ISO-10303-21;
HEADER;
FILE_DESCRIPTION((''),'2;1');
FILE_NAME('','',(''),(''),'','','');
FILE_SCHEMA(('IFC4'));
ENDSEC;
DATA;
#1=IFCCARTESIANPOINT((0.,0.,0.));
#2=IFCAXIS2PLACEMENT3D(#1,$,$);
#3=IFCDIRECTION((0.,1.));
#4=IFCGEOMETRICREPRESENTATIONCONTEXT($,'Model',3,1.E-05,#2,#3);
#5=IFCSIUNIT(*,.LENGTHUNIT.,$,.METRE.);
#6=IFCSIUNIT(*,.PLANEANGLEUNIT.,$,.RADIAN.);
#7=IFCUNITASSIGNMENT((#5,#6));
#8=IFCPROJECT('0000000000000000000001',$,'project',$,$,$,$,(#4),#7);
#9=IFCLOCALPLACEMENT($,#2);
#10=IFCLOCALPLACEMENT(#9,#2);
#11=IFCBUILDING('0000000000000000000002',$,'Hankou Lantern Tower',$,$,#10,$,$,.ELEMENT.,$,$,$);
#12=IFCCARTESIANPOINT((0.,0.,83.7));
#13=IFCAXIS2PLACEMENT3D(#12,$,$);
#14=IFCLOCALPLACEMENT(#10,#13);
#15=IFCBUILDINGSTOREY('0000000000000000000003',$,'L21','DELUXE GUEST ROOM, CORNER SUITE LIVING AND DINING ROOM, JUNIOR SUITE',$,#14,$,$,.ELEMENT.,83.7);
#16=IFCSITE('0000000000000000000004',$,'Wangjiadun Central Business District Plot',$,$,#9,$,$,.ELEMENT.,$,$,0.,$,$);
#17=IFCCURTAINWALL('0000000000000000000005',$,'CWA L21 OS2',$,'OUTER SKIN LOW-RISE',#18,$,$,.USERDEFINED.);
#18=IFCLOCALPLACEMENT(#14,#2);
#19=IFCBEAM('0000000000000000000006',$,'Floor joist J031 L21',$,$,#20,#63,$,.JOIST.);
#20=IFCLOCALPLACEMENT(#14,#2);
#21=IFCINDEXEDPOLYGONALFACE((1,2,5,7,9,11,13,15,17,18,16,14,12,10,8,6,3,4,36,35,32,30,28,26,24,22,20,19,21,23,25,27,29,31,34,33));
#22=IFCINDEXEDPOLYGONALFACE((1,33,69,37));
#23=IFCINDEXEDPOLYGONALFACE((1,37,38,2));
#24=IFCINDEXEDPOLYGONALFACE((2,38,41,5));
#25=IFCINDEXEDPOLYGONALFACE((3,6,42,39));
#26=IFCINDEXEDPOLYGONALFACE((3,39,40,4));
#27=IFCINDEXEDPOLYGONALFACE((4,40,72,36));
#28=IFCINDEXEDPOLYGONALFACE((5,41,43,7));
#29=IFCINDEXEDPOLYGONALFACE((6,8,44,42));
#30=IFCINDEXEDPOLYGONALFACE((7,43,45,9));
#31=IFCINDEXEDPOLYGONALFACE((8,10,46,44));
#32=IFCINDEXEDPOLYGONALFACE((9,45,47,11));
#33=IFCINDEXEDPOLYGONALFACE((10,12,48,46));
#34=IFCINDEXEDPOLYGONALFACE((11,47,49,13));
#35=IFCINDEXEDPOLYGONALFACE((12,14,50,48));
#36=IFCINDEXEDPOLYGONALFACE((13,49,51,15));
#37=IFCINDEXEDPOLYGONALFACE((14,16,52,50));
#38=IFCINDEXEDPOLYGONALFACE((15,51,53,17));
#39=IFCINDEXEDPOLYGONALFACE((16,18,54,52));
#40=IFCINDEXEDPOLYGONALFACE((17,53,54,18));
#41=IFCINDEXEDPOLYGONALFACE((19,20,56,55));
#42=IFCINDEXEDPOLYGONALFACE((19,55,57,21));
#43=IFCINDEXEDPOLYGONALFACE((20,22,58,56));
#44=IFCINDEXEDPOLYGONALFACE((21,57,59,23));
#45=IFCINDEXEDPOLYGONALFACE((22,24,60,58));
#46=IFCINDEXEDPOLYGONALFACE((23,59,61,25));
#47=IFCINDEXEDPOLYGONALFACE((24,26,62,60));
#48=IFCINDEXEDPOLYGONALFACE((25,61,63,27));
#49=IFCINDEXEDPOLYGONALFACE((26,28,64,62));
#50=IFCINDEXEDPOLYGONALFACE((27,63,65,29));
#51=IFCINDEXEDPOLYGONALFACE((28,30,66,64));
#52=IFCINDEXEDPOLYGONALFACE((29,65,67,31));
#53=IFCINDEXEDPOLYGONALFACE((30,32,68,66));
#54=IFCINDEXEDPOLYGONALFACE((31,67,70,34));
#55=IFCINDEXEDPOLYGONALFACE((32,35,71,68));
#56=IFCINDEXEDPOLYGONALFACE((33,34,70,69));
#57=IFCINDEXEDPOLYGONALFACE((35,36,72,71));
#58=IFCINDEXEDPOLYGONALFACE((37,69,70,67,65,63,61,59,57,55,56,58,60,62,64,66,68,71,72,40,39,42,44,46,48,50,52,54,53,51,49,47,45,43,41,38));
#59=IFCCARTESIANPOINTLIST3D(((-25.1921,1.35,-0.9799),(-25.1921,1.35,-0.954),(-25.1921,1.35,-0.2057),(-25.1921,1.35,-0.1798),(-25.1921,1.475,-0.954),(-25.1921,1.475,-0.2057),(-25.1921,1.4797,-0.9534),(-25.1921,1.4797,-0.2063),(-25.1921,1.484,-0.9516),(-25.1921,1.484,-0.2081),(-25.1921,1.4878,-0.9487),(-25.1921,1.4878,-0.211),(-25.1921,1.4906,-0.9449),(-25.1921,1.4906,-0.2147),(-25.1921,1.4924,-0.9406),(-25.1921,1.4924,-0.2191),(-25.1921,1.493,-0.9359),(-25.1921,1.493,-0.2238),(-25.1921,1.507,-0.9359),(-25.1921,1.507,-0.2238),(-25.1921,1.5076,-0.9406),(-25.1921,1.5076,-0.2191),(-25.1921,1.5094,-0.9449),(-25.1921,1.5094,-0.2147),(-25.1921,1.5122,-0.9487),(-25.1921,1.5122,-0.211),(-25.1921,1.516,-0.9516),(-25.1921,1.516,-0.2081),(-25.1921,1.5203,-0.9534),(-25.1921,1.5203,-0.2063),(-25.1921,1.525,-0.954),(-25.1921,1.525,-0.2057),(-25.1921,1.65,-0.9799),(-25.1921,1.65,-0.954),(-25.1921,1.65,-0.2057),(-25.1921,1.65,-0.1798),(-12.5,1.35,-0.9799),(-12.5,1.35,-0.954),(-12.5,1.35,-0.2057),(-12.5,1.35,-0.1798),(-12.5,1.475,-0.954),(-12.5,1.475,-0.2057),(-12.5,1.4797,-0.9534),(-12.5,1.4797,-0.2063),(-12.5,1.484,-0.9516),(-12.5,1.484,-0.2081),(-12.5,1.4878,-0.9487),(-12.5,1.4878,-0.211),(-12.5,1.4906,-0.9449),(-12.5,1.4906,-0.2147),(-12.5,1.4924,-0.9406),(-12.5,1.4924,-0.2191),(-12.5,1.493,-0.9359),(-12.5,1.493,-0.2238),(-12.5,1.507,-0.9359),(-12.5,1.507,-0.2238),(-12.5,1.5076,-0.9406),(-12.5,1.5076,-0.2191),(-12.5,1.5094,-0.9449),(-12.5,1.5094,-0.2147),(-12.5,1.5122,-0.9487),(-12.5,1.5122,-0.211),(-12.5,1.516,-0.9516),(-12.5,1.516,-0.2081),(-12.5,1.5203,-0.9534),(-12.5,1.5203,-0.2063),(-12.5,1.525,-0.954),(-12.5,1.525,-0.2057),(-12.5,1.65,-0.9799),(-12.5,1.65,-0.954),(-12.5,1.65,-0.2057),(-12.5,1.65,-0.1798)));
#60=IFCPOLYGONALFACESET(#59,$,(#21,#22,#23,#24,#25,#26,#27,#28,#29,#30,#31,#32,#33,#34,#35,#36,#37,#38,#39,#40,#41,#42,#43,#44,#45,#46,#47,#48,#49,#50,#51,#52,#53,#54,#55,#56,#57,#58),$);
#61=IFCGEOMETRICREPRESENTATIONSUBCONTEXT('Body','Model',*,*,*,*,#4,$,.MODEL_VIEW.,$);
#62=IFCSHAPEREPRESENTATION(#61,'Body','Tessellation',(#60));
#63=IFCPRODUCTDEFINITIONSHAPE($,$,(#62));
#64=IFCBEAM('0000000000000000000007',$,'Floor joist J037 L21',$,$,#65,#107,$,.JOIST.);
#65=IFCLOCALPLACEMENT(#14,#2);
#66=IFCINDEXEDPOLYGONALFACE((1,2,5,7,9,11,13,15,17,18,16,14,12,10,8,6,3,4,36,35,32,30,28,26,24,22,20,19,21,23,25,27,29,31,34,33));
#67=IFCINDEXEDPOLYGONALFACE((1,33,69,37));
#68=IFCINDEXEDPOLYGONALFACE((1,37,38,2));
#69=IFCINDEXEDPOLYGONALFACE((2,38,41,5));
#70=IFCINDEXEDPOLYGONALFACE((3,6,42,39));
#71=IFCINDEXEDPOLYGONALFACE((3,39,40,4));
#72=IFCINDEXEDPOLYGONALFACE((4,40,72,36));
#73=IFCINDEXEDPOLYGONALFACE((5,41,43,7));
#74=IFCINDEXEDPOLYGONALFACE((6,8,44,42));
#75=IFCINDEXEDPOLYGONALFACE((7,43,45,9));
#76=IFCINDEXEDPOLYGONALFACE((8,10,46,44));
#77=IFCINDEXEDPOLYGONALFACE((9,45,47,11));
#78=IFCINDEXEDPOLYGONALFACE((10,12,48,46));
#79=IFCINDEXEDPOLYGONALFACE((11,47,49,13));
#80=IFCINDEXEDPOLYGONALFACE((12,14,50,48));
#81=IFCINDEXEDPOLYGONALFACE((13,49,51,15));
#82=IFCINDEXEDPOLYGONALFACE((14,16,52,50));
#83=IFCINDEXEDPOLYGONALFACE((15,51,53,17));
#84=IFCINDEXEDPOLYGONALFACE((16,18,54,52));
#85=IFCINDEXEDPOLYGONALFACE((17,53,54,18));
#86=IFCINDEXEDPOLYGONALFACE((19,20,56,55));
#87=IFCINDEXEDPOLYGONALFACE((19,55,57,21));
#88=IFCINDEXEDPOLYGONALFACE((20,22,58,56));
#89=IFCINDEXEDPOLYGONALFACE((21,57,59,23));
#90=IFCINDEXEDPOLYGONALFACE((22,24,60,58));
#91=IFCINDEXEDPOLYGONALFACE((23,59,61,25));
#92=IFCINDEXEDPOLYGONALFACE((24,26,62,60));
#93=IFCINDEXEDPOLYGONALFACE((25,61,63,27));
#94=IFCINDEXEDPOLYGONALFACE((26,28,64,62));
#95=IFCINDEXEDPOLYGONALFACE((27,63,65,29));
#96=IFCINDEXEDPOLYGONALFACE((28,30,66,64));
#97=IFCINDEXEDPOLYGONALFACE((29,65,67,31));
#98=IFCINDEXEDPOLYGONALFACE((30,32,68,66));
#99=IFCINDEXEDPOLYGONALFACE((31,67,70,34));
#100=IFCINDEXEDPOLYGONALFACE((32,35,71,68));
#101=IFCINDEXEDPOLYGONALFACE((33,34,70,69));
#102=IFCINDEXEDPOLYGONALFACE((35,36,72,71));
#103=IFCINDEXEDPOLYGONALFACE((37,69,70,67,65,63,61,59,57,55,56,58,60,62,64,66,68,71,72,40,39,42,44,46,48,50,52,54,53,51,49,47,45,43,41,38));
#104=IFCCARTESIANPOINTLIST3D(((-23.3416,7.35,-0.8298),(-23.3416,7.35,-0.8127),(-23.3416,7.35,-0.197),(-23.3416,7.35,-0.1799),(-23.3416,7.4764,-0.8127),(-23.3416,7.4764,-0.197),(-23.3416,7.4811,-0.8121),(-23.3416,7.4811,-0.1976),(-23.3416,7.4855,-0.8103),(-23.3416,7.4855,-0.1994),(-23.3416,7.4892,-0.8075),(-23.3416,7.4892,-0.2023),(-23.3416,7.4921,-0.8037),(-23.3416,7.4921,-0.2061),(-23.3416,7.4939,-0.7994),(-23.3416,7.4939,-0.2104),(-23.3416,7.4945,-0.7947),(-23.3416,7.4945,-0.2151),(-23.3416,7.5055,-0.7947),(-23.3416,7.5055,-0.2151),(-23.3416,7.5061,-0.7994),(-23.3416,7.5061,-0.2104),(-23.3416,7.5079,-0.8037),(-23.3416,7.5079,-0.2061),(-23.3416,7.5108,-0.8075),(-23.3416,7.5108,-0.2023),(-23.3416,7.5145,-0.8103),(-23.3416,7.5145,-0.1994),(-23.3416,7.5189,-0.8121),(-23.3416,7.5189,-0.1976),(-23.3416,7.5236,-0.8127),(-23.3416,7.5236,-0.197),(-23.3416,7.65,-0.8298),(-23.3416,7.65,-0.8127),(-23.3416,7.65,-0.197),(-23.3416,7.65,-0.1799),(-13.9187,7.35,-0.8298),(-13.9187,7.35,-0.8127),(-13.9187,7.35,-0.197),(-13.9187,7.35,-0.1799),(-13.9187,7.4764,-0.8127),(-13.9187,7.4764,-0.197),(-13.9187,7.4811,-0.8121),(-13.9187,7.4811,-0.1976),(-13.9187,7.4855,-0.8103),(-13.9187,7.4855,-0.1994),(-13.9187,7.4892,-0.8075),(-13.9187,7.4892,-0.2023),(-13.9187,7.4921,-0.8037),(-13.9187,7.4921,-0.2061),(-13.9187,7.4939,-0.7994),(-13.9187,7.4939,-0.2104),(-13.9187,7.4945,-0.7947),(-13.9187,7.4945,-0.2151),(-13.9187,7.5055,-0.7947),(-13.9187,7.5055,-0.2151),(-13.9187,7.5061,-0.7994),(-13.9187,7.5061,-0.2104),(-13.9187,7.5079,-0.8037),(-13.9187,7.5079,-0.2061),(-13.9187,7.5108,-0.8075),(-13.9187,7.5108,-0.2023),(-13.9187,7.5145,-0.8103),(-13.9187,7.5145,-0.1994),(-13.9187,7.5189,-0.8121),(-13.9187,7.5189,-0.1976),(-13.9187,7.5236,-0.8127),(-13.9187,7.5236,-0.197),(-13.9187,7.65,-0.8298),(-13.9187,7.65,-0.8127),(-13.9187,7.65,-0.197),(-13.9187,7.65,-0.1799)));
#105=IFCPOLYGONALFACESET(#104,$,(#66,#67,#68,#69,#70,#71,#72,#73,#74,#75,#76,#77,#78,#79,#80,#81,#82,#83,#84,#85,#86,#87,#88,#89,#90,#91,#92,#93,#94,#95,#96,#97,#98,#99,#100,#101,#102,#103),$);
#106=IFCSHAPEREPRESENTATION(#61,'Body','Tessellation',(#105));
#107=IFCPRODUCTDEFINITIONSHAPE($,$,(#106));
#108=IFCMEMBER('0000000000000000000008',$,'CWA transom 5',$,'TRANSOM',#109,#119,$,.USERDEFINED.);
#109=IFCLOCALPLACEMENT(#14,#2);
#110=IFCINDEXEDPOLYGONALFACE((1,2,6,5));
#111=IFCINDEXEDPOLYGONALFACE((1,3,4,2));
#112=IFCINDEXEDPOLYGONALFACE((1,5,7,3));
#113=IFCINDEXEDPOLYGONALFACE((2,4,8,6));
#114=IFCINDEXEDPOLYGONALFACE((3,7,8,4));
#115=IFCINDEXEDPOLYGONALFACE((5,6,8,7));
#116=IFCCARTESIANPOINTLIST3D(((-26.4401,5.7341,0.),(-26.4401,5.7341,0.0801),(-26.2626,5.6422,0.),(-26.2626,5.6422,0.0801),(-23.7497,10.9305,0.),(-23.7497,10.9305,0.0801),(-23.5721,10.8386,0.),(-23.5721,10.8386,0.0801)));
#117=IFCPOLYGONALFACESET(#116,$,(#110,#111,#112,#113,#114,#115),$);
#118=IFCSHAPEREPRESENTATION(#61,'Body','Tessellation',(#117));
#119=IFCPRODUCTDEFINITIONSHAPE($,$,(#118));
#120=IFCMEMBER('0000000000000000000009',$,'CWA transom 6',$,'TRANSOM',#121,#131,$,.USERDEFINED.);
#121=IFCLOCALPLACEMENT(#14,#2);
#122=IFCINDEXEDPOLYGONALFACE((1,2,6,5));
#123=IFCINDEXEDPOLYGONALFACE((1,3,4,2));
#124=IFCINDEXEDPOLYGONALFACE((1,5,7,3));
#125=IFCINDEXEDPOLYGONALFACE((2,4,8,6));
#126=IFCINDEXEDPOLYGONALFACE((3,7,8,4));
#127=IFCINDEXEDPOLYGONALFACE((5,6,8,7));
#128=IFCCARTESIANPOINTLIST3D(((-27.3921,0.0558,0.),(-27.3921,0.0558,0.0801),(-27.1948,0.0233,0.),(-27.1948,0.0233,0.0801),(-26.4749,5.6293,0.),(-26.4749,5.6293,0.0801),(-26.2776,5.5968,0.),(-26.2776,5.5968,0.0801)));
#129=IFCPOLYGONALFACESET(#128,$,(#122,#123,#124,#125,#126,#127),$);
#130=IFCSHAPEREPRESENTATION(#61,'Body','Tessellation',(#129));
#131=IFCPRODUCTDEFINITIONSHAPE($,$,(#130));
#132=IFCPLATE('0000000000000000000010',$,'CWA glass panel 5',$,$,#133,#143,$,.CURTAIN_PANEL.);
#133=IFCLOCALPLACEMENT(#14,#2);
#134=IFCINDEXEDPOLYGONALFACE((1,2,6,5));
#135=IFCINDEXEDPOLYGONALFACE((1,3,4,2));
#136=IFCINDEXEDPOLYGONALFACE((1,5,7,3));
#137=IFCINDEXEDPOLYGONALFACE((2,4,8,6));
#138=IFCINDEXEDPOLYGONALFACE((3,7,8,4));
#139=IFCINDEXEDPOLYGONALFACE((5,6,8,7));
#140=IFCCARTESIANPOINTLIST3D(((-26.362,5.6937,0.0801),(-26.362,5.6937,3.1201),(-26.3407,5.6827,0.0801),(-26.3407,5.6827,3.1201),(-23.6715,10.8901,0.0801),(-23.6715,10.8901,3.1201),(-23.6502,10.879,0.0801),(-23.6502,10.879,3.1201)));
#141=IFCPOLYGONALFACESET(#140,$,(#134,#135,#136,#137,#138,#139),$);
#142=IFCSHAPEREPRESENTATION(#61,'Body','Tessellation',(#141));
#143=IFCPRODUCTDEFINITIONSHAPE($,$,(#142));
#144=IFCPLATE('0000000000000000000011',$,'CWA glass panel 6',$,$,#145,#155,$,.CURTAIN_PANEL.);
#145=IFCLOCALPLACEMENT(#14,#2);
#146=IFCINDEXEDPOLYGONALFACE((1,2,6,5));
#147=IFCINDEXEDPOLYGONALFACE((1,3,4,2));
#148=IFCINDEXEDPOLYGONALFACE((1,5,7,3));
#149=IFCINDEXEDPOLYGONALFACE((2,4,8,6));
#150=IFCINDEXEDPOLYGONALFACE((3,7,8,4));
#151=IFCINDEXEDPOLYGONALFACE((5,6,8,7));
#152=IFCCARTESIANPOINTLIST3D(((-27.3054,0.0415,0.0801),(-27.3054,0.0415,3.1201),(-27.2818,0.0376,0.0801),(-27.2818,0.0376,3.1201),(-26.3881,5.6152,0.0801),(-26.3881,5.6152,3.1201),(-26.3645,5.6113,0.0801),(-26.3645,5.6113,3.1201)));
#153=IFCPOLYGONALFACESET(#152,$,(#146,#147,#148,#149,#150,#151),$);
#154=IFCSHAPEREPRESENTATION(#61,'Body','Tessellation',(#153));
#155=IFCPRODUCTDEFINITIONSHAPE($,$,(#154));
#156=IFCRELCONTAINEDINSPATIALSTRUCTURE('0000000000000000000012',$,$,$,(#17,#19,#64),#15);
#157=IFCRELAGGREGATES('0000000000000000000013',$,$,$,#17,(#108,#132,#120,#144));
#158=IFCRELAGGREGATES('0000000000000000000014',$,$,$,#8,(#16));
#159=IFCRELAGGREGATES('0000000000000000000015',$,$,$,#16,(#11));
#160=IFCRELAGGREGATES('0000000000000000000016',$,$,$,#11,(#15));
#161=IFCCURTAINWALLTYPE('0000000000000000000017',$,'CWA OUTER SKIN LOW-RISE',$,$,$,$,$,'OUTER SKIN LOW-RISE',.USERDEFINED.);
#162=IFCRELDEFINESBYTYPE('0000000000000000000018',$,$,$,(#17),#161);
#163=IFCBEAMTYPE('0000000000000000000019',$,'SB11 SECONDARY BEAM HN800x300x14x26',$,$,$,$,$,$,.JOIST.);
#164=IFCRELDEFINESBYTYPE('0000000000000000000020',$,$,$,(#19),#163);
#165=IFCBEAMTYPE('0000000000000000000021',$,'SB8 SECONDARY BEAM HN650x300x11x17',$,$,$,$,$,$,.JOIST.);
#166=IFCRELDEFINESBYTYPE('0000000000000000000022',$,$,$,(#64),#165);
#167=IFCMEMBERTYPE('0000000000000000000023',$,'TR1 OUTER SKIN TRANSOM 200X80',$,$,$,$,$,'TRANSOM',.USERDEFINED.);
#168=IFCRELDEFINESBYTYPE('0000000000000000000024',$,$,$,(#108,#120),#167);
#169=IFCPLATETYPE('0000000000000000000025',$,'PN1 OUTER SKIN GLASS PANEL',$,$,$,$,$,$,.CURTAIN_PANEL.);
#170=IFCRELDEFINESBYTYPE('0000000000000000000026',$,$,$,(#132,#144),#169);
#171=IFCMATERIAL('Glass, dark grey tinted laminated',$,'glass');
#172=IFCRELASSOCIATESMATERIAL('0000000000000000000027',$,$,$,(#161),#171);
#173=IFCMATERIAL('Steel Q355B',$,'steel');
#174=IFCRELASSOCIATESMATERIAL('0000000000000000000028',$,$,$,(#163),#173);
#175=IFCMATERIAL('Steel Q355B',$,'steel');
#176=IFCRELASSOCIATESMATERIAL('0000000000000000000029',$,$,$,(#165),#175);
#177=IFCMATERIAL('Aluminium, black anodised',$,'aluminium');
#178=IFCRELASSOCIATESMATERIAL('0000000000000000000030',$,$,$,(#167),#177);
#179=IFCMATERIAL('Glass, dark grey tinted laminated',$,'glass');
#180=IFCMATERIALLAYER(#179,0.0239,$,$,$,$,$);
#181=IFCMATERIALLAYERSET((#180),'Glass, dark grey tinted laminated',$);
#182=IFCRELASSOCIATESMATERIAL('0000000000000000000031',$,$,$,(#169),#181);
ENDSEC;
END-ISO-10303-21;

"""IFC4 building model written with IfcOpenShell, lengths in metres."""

from ifc_helpers import new_model, si_unit, direction, frame, origin, origin_2d, place, context, subcontext, project, spatial, rectangle, i_section, extrude, material, layer, layer_set, material_profile, profile_set, type_object, element, aggregate, save


model = new_model("IFC4")

# Units and contexts
model_context = context("Model", 3, precision=1e-05, world=origin(), true_north=direction((0.0, 1.0)))
body_context = subcontext(model_context, "Body", "Model", "MODEL_VIEW")
ifc_project = project(units=[si_unit("LENGTHUNIT", "METRE"), si_unit("PLANEANGLEUNIT", "RADIAN")], contexts=[model_context])

# Site, building, storey
site_placement = place(None, origin())
site = spatial("IfcSite", under=ifc_project, at=site_placement, Name="Wangjiadun Central Business District Plot", CompositionType="ELEMENT", RefElevation=0.0)
building_placement = place(site_placement, origin())
building = spatial("IfcBuilding", under=site, at=building_placement, Name="Hankou Lantern Tower", CompositionType="ELEMENT")
storey_placement = place(building_placement, frame((0.0, 0.0, 83.7)))
storey = spatial("IfcBuildingStorey", under=building, at=storey_placement, Name="L21", Description="DELUXE GUEST ROOM, CORNER SUITE LIVING AND DINING ROOM, JUNIOR SUITE", CompositionType="ELEMENT", Elevation=83.7)

# Curtain wall
ifc_material_1 = material(Name="Glass, dark grey tinted laminated", Category="glass")
curtain_wall_type = type_object("IfcCurtainWallType", Name="CWA OUTER SKIN LOW-RISE", ElementType="OUTER SKIN LOW-RISE", PredefinedType="USERDEFINED", material=ifc_material_1)
curtain_wall_placement = place(storey_placement, origin())
curtain_wall = element("IfcCurtainWall", 1, at=curtain_wall_placement, inside=storey, type_object=curtain_wall_type, Name="CWA L21 OS2", ObjectType="OUTER SKIN LOW-RISE", PredefinedType="USERDEFINED")

# Beams
ifc_material_2 = material(Name="Steel Q355B", Category="steel")
ifc_material_profile_1 = material_profile(ifc_material_2, i_section(OverallWidth=0.3, OverallDepth=0.8, WebThickness=0.0139, FlangeThickness=0.0259, FilletRadius=0.0181, at=origin_2d()), Name="HN800x300x14x26")
ifc_profile_set_1 = profile_set([ifc_material_profile_1], Name="Steel Q355B")
beam_type_1 = type_object("IfcBeamType", Name="SB11 SECONDARY BEAM HN800x300x14x26", PredefinedType="JOIST", material=ifc_profile_set_1)
beam_1_placement = place(storey_placement, frame((-25.1921, 1.5, -0.5798), z_axis=(1.0, 0.0, 0.0), x_axis=(0.0, 1.0, 0.0)))
element("IfcBeam", 2, at=beam_1_placement, inside=storey, type_object=beam_type_1, Name="Floor joist J031 L21", PredefinedType="JOIST", context=body_context, shape_type="SweptSolid", body=[
    extrude(i_section(OverallWidth=0.3, OverallDepth=0.8, WebThickness=0.0139, FlangeThickness=0.0259, FilletRadius=0.0181, at=origin_2d()), origin(), (0.0, 0.0, 1.0), 12.6921),
])
ifc_material_3 = material(Name="Steel Q355B", Category="steel")
ifc_material_profile_2 = material_profile(ifc_material_3, i_section(OverallWidth=0.3, OverallDepth=0.6499, WebThickness=0.011, FlangeThickness=0.0171, FilletRadius=0.0181, at=origin_2d()), Name="HN650x300x11x17")
ifc_profile_set_2 = profile_set([ifc_material_profile_2], Name="Steel Q355B")
beam_type_2 = type_object("IfcBeamType", Name="SB8 SECONDARY BEAM HN650x300x11x17", PredefinedType="JOIST", material=ifc_profile_set_2)
beam_2_placement = place(storey_placement, frame((-23.3416, 7.5, -0.5049), z_axis=(1.0, 0.0, 0.0), x_axis=(0.0, 1.0, 0.0)))
element("IfcBeam", 3, at=beam_2_placement, inside=storey, type_object=beam_type_2, Name="Floor joist J037 L21", PredefinedType="JOIST", context=body_context, shape_type="SweptSolid", body=[
    extrude(i_section(OverallWidth=0.3, OverallDepth=0.6499, WebThickness=0.011, FlangeThickness=0.0171, FilletRadius=0.0181, at=origin_2d()), origin(), (0.0, 0.0, 1.0), 9.4229),
])

# Members
ifc_material_4 = material(Name="Aluminium, black anodised", Category="aluminium")
ifc_material_profile_3 = material_profile(ifc_material_4, rectangle(XDim=0.2, YDim=0.0801, at=origin_2d()), Name="TR1 200X80")
ifc_profile_set_3 = profile_set([ifc_material_profile_3], Name="Aluminium, black anodised")
member_type_1 = type_object("IfcMemberType", Name="TR1 OUTER SKIN TRANSOM 200X80", ElementType="TRANSOM", PredefinedType="USERDEFINED", material=ifc_profile_set_3)
member_1_placement = place(storey_placement, frame((-23.6609, 10.8845, 0.04), z_axis=(-0.459786, -0.88803, 0.0), x_axis=(0.88803, -0.459786, 0.0)))
member_1 = element("IfcMember", 4, at=member_1_placement, type_object=member_type_1, Name="CWA transom 5", ObjectType="TRANSOM", PredefinedType="USERDEFINED", context=body_context, shape_type="SweptSolid", body=[
    extrude(rectangle(XDim=0.2, YDim=0.0801, at=origin_2d()), origin(), (0.0, 0.0, 1.0), 5.8516),
])
member_2_placement = place(storey_placement, frame((-26.3762, 5.613, 0.04), z_axis=(-0.162387, -0.986727, 0.0), x_axis=(0.986727, -0.162387, 0.0)))
member_2 = element("IfcMember", 5, at=member_2_placement, type_object=member_type_1, Name="CWA transom 6", ObjectType="TRANSOM", PredefinedType="USERDEFINED", context=body_context, shape_type="SweptSolid", body=[
    extrude(rectangle(XDim=0.2, YDim=0.0801, at=origin_2d()), origin(), (0.0, 0.0, 1.0), 5.6484),
])

# Plates
ifc_material_5 = material(Name="Glass, dark grey tinted laminated", Category="glass")
ifc_layer_1 = layer(ifc_material_5, 0.0239)
ifc_layer_set_1 = layer_set([ifc_layer_1], Name="Glass, dark grey tinted laminated")
plate_type = type_object("IfcPlateType", Name="PN1 OUTER SKIN GLASS PANEL", PredefinedType="CURTAIN_PANEL", material=ifc_layer_set_1)
plate_1_placement = place(storey_placement, frame((-25.0061, 8.2864, 0.0801), z_axis=(0.0, 0.0, 1.0), x_axis=(-0.459791, -0.888027, 0.0)))
plate_1 = element("IfcPlate", 6, at=plate_1_placement, type_object=plate_type, Name="CWA glass panel 5", PredefinedType="CURTAIN_PANEL", context=body_context, shape_type="SweptSolid", body=[
    extrude(rectangle(XDim=5.8516, YDim=0.0239, at=origin_2d()), origin(), (0.0, 0.0, 1.0), 3.04),
])
plate_2_placement = place(storey_placement, frame((-26.835, 2.8264, 0.0801), z_axis=(0.0, 0.0, 1.0), x_axis=(-0.162382, -0.986728, 0.0)))
plate_2 = element("IfcPlate", 7, at=plate_2_placement, type_object=plate_type, Name="CWA glass panel 6", PredefinedType="CURTAIN_PANEL", context=body_context, shape_type="SweptSolid", body=[
    extrude(rectangle(XDim=5.6487, YDim=0.0239, at=origin_2d()), origin(), (0.0, 0.0, 1.0), 3.04),
])
aggregate(curtain_wall, [member_1, plate_1, member_2, plate_2])

save(model, "model.ifc")
